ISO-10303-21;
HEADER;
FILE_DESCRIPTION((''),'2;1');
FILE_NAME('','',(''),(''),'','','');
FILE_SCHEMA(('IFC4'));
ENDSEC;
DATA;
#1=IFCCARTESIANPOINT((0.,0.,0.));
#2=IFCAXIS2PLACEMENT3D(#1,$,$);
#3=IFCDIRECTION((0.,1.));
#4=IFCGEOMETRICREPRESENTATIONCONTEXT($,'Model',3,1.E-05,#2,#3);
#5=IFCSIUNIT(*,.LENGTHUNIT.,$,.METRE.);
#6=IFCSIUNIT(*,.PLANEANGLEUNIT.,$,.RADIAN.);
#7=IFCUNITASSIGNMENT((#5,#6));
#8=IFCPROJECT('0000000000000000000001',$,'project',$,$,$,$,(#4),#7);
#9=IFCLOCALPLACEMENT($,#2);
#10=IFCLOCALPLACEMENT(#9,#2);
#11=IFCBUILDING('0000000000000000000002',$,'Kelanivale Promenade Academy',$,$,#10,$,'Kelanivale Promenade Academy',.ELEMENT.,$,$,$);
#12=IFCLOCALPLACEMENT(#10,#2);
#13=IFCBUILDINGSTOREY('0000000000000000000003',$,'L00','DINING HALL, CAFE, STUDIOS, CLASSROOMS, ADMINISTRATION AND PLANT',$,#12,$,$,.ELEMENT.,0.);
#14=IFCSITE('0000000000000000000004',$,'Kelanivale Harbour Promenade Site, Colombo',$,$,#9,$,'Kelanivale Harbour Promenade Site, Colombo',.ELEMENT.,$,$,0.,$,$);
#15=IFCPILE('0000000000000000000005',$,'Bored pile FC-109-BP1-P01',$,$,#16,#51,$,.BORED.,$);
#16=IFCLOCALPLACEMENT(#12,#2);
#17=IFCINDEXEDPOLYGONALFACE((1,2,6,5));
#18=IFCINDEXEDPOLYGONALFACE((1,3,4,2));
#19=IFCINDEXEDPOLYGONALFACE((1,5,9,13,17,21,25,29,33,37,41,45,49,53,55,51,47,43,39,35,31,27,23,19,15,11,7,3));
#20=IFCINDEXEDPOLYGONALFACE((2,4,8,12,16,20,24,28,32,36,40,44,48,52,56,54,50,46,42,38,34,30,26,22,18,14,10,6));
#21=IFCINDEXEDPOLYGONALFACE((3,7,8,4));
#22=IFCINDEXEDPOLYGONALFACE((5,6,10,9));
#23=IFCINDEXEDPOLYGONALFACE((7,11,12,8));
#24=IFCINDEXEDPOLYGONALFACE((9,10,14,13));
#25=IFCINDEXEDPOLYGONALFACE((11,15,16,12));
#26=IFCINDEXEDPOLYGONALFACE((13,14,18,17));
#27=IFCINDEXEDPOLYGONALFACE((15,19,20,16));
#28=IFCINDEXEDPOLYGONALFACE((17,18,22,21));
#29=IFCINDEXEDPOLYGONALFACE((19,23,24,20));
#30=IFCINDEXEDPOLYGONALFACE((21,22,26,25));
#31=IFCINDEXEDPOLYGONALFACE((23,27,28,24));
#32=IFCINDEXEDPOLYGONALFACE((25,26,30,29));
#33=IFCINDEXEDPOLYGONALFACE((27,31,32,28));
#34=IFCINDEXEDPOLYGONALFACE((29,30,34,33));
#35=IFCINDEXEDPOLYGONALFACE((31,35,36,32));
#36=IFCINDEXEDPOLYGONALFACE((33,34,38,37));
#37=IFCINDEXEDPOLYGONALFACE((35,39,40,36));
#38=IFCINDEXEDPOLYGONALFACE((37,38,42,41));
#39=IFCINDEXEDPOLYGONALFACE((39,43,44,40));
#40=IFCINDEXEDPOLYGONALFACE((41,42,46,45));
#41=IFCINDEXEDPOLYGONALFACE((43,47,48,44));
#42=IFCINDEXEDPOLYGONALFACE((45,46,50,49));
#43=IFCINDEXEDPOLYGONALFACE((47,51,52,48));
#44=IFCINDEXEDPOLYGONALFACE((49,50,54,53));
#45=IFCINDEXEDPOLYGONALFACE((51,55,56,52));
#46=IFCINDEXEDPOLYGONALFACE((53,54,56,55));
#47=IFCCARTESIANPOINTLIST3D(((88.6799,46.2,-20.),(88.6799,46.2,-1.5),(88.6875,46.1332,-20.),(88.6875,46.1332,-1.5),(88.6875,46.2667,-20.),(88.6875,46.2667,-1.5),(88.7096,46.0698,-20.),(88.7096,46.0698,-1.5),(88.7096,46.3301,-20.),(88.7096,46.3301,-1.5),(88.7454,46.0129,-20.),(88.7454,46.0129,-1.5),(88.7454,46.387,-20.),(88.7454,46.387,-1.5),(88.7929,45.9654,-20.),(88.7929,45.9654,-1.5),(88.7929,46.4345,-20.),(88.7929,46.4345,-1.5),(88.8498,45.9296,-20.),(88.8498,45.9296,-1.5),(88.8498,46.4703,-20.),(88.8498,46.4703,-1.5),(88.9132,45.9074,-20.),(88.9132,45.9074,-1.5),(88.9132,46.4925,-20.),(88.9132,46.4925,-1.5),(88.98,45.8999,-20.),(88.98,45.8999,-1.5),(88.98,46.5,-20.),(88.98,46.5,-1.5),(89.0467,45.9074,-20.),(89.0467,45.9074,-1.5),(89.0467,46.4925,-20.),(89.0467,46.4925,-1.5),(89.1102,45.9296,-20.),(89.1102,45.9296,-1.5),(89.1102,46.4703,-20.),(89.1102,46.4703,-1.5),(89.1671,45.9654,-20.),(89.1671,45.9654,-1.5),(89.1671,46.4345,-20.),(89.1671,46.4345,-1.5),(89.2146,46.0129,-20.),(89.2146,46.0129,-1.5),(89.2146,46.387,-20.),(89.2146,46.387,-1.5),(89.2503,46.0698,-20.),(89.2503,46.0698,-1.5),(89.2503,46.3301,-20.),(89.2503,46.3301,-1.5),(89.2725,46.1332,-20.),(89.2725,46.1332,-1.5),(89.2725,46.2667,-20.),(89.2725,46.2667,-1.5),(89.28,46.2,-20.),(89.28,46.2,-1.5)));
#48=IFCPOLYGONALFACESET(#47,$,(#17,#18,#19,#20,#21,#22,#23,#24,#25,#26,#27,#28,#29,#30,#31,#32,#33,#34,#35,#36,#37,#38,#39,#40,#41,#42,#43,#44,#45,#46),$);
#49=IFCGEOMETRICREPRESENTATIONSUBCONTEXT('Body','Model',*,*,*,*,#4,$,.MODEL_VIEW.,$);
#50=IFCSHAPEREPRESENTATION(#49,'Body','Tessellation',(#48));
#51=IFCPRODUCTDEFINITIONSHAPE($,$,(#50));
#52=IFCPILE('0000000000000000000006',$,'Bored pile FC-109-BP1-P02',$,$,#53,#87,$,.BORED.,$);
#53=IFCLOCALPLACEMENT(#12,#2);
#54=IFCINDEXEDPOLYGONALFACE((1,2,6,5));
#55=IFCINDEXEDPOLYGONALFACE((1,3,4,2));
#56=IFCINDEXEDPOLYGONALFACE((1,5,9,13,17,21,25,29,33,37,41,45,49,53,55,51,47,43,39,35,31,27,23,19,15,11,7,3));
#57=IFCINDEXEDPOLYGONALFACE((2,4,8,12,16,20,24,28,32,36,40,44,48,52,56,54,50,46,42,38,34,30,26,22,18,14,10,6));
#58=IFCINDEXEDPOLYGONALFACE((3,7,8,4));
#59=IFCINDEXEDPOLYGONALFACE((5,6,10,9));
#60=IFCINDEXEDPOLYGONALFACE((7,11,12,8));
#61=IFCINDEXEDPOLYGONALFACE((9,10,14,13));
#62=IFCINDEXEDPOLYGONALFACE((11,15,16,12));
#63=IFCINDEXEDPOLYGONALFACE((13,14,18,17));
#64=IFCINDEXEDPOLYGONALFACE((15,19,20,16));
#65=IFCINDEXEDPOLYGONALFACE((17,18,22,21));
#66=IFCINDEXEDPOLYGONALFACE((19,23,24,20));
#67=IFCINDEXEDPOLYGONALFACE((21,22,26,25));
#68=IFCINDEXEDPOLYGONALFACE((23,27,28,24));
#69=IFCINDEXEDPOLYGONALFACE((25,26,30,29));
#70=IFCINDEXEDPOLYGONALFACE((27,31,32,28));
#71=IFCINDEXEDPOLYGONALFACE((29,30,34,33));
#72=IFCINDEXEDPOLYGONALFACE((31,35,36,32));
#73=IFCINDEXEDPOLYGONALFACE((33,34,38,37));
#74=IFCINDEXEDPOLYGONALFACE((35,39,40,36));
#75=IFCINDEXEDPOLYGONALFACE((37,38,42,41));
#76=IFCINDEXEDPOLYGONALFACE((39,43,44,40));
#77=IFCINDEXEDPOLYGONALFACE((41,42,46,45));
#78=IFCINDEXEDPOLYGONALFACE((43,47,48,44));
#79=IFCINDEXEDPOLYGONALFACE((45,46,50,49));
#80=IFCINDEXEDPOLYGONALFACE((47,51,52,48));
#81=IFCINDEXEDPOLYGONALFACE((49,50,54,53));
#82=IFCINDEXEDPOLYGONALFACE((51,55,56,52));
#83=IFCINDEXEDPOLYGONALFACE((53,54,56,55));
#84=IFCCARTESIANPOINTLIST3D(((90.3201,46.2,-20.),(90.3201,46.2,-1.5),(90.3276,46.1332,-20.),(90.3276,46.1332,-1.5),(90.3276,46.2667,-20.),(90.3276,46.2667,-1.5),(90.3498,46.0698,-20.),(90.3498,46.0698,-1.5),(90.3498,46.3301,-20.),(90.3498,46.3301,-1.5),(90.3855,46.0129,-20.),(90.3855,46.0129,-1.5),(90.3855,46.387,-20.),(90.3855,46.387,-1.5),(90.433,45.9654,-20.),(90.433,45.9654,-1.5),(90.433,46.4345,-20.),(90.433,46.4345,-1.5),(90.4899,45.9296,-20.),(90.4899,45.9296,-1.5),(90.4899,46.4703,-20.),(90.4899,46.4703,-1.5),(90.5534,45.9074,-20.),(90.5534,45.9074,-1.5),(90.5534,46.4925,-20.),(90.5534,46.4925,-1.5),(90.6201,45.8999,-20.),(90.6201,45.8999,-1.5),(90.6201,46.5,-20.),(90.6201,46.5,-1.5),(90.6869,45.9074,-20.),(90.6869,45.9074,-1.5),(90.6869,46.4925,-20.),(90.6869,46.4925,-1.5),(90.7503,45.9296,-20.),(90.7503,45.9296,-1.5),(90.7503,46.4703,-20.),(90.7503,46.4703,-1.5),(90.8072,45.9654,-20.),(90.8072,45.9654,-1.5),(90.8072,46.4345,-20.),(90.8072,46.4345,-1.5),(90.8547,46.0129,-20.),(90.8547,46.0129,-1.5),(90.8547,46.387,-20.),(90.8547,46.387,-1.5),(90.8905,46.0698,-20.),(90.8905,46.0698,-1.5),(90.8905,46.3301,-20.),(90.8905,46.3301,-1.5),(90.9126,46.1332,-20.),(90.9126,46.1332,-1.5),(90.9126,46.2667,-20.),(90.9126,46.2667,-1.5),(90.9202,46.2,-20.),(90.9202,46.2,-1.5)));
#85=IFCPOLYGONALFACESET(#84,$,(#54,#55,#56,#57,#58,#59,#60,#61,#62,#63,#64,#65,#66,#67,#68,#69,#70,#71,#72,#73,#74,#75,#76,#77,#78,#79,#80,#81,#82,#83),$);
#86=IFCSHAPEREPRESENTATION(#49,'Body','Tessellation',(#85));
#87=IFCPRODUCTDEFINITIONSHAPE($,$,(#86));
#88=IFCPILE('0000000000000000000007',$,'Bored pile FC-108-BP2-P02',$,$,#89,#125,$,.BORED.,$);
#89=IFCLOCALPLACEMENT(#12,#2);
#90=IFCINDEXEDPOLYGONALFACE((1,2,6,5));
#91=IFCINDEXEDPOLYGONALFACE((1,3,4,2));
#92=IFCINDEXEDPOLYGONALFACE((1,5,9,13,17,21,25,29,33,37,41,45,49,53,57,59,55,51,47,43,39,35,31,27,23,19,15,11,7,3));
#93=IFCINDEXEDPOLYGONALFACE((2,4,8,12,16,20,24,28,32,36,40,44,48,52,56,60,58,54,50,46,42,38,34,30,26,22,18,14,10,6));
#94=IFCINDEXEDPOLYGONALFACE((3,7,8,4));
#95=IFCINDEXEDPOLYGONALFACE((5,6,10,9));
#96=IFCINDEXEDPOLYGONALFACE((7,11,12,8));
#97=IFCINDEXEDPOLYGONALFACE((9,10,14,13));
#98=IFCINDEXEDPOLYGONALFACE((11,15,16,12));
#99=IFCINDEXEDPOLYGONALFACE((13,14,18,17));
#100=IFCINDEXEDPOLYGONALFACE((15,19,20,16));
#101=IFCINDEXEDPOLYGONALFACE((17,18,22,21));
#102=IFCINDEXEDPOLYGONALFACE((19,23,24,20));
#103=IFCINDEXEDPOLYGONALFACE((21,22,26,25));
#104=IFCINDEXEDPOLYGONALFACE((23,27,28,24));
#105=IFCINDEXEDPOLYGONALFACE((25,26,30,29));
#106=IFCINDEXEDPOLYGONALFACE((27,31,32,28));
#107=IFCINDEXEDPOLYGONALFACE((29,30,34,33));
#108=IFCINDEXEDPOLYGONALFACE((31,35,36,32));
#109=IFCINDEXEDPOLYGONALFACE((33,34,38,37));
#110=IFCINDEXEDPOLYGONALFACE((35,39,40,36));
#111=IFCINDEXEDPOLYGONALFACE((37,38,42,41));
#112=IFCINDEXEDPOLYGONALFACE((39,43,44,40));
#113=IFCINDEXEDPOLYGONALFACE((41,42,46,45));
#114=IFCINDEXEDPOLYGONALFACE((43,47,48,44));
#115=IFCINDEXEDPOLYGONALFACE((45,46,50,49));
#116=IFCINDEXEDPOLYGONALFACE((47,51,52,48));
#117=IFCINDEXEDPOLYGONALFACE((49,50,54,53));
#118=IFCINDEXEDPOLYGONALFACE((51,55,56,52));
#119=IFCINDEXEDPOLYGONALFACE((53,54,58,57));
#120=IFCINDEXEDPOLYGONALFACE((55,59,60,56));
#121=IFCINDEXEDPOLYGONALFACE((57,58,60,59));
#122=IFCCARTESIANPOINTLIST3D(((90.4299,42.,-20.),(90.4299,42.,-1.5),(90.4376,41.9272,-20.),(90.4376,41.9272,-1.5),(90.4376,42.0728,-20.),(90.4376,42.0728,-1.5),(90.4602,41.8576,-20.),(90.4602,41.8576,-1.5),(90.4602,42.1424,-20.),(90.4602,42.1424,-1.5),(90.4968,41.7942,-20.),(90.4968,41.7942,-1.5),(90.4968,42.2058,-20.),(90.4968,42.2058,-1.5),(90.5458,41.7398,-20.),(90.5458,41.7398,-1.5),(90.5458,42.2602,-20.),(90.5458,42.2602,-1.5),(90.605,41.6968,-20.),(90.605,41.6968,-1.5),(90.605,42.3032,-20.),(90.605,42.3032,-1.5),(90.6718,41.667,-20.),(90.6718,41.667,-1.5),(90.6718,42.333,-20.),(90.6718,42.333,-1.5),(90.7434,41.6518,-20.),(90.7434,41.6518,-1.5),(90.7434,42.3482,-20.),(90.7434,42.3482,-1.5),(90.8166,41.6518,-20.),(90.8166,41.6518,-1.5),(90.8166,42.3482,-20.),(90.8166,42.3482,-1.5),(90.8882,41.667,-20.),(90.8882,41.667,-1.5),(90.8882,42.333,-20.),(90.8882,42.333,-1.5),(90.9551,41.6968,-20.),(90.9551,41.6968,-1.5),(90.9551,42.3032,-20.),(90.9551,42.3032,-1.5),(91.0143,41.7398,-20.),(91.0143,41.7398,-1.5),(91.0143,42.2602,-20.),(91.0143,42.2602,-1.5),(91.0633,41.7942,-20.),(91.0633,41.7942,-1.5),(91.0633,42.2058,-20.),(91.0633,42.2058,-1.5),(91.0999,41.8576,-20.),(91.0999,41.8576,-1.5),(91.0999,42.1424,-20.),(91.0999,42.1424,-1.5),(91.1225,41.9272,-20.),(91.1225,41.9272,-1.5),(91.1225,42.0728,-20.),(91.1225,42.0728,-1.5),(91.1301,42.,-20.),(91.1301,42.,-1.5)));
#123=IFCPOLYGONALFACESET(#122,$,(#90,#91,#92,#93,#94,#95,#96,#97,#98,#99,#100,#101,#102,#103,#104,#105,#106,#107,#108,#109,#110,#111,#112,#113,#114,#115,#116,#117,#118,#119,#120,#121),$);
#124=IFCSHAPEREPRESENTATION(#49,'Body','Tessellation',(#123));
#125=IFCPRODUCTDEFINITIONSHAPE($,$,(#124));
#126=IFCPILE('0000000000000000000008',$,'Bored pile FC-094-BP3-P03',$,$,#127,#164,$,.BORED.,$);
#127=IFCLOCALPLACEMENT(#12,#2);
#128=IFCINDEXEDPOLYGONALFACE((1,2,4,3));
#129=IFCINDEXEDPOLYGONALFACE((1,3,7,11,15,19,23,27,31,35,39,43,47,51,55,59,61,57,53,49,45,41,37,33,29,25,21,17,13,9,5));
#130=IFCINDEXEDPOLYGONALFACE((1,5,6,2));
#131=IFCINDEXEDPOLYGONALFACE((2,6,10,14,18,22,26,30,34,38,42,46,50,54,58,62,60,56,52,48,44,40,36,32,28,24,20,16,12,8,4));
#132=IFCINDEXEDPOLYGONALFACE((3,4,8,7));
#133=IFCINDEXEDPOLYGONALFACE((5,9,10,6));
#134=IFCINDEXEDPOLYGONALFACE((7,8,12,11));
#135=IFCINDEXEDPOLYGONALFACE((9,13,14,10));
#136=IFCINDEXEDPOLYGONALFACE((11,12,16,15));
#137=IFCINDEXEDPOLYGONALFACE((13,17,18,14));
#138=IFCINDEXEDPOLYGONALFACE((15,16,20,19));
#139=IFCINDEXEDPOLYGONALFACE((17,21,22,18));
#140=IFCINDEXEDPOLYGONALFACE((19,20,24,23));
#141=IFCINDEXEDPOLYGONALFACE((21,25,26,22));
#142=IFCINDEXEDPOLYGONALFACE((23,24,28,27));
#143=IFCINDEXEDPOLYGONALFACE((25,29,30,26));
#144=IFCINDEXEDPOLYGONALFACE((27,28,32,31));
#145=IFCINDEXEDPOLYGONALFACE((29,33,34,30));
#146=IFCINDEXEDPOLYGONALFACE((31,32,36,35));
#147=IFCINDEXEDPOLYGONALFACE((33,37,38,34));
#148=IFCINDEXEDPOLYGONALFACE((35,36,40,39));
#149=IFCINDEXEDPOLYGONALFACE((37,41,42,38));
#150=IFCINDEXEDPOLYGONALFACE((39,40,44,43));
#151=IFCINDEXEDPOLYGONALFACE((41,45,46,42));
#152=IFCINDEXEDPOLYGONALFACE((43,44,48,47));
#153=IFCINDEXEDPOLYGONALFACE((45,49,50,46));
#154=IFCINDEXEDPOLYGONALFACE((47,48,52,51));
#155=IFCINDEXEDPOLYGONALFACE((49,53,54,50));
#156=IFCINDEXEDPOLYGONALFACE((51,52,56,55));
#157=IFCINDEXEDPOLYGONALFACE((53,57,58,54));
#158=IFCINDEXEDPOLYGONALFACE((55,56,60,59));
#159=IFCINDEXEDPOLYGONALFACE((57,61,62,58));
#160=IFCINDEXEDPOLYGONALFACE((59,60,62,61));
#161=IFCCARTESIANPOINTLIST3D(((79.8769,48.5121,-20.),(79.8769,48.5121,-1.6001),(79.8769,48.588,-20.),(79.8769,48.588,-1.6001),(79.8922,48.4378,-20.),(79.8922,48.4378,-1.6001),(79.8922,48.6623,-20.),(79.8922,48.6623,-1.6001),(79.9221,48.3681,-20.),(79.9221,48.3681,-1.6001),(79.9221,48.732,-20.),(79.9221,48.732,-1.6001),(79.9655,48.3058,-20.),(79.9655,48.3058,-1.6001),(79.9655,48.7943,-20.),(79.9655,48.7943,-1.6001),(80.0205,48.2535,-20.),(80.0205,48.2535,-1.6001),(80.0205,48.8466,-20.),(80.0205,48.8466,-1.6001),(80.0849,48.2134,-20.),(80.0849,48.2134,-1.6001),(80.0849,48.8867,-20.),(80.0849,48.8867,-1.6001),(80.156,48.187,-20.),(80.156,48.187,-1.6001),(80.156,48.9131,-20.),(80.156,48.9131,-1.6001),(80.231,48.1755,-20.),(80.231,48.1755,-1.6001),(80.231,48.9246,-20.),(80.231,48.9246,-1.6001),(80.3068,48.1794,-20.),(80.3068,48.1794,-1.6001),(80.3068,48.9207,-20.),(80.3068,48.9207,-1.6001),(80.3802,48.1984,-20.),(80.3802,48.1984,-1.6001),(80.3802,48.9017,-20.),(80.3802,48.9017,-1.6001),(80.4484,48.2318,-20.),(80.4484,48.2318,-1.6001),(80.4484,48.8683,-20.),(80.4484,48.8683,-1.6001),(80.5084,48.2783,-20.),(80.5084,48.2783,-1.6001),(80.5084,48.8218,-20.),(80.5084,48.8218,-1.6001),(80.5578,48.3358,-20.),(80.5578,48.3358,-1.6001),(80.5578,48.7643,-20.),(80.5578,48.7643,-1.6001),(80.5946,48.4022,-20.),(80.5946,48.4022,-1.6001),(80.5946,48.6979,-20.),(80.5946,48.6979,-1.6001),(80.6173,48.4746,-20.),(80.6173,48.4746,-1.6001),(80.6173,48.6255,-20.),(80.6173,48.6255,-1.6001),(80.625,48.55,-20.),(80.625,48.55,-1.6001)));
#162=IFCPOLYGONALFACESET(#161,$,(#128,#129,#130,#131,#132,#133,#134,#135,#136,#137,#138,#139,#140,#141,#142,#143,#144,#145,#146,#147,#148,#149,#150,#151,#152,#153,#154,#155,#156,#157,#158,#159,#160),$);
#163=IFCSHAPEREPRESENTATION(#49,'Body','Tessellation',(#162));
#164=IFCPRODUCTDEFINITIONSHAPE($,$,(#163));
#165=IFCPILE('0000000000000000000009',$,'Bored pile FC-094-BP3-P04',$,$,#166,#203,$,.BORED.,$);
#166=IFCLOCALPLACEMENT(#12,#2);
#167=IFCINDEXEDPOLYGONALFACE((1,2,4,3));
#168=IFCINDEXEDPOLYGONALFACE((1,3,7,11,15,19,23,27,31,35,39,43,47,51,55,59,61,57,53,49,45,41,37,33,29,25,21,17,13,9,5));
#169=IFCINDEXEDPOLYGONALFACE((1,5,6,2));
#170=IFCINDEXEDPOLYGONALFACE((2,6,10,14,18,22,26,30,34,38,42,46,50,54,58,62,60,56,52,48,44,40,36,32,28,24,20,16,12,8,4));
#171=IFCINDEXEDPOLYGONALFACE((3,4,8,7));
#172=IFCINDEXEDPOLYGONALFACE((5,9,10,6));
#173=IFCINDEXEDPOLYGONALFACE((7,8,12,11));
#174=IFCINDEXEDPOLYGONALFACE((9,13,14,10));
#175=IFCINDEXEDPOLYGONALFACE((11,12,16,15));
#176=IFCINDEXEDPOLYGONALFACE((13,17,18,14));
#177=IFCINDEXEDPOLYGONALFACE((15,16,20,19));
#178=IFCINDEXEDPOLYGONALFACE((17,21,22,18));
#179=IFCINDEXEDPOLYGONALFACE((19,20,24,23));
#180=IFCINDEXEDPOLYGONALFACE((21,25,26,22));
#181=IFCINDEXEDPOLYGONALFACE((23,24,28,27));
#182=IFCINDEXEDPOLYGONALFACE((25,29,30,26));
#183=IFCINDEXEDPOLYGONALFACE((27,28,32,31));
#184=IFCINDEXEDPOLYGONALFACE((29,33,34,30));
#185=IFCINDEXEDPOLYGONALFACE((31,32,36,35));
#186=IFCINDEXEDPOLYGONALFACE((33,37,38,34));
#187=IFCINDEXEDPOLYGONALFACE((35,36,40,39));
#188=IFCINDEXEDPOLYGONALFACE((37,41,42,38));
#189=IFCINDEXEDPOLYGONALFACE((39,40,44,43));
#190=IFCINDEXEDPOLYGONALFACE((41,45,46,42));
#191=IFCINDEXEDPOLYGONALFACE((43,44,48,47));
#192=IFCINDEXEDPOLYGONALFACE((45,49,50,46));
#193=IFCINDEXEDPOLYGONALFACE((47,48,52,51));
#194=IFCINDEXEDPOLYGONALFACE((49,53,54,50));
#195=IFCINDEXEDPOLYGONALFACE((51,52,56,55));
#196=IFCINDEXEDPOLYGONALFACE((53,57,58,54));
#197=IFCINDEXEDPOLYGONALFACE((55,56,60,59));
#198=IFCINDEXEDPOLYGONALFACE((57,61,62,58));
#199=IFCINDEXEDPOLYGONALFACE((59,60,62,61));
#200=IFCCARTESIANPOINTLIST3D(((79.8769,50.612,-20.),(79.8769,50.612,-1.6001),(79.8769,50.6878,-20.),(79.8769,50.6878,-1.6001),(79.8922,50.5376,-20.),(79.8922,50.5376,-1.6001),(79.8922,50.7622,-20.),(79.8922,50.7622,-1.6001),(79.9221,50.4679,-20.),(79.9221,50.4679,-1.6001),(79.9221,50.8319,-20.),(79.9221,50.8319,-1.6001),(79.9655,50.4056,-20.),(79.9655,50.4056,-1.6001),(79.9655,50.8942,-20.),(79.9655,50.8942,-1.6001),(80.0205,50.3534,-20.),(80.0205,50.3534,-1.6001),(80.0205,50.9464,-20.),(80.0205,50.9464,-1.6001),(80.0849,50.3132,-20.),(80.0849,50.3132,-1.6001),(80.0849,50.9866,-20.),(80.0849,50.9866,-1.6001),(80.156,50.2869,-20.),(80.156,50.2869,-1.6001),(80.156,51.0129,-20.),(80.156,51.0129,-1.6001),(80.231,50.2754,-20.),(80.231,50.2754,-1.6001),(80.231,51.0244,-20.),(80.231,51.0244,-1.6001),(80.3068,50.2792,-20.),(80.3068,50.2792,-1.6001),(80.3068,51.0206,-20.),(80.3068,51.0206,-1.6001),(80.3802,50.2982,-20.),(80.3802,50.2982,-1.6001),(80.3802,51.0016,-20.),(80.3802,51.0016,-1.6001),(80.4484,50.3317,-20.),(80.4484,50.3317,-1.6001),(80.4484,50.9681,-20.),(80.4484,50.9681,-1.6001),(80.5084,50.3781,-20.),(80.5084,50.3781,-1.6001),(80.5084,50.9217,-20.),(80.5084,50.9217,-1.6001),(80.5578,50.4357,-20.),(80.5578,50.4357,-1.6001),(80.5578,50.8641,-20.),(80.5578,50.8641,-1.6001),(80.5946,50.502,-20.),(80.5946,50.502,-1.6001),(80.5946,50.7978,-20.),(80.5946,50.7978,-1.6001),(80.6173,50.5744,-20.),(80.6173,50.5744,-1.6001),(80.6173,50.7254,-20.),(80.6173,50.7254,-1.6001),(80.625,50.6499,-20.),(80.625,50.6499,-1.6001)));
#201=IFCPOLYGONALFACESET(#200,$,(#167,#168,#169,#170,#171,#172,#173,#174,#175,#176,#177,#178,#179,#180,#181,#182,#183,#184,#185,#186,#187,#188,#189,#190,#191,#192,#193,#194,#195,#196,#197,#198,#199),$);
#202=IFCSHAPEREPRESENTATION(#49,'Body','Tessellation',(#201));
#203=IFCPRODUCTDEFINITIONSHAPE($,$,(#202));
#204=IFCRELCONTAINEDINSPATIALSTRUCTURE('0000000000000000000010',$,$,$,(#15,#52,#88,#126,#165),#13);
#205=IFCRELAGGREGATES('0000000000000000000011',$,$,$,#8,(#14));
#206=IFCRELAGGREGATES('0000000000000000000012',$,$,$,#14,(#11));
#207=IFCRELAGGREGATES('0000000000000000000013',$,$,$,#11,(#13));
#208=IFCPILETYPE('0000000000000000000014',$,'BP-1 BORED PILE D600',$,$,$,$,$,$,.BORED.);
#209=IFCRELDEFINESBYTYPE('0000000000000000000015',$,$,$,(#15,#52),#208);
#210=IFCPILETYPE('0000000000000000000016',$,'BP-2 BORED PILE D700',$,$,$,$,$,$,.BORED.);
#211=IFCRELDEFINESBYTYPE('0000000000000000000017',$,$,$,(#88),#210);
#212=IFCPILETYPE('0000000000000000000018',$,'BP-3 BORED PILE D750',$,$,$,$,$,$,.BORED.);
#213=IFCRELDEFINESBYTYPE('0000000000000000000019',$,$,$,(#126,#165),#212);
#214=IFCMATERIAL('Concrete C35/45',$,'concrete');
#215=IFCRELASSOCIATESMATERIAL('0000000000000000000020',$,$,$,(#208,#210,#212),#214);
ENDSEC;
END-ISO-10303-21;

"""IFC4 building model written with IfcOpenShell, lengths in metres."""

from ifc_helpers import new_model, si_unit, direction, frame, origin, origin_2d, place, context, subcontext, project, spatial, circle, extrude, material, material_profile, profile_set, type_object, element, save


model = new_model("IFC4")

# Units and contexts
model_context = context("Model", 3, precision=1e-05, world=origin(), true_north=direction((0.0, 1.0)))
body_context = subcontext(model_context, "Body", "Model", "MODEL_VIEW")
ifc_project = project(units=[si_unit("LENGTHUNIT", "METRE"), si_unit("PLANEANGLEUNIT", "RADIAN")], contexts=[model_context])

# Site, building, storey
site_placement = place(None, origin())
site = spatial("IfcSite", under=ifc_project, at=site_placement, Name="Kelanivale Harbour Promenade Site, Colombo", LongName="Kelanivale Harbour Promenade Site, Colombo", CompositionType="ELEMENT", RefElevation=0.0)
building_placement = place(site_placement, origin())
building = spatial("IfcBuilding", under=site, at=building_placement, Name="Kelanivale Promenade Academy", LongName="Kelanivale Promenade Academy", CompositionType="ELEMENT")
storey_placement = place(building_placement, origin())
storey = spatial("IfcBuildingStorey", under=building, at=storey_placement, Name="L00", Description="DINING HALL, CAFE, STUDIOS, CLASSROOMS, ADMINISTRATION AND PLANT", CompositionType="ELEMENT", Elevation=0.0)

# Piles
ifc_material_1 = material(Name="Concrete C35/45", Category="concrete")
ifc_material_profile_1 = material_profile(ifc_material_1, circle(Radius=0.3, at=origin_2d()), Name="BORED PILE D600")
ifc_profile_set_1 = profile_set([ifc_material_profile_1], Name="Concrete C35/45")
pile_type_1 = type_object("IfcPileType", Name="BP-1 BORED PILE D600", PredefinedType="BORED", material=ifc_profile_set_1)
for number, where, z_axis, x_axis, name in (
    (1, (88.98, 46.2, -1.5), (0.0, 0.0, -1.0), (1.0, 0.0, 0.0), "Bored pile FC-109-BP1-P01"),
    (2, (90.6201, 46.2, -1.5), (0.0, 0.0, -1.0), (1.0, 0.0, 0.0), "Bored pile FC-109-BP1-P02"),
):
    element("IfcPile", number, at=place(storey_placement, frame(where, z_axis=z_axis, x_axis=x_axis)), inside=storey, type_object=pile_type_1, Name=name, PredefinedType="BORED", context=body_context, shape_type="SweptSolid", body=[
        extrude(circle(Radius=0.3, at=origin_2d()), origin(), (0.0, 0.0, 1.0), 18.5),
    ])
ifc_material_profile_2 = material_profile(ifc_material_1, circle(Radius=0.3501, at=origin_2d()), Name="BORED PILE D700")
ifc_profile_set_2 = profile_set([ifc_material_profile_2], Name="Concrete C35/45")
pile_type_2 = type_object("IfcPileType", Name="BP-2 BORED PILE D700", PredefinedType="BORED", material=ifc_profile_set_2)
pile_placement = place(storey_placement, frame((90.78, 42.0, -1.5), z_axis=(0.0, 0.0, -1.0), x_axis=(1.0, 0.0, 0.0)))
element("IfcPile", 3, at=pile_placement, inside=storey, type_object=pile_type_2, Name="Bored pile FC-108-BP2-P02", PredefinedType="BORED", context=body_context, shape_type="SweptSolid", body=[
    extrude(circle(Radius=0.3501, at=origin_2d()), origin(), (0.0, 0.0, 1.0), 18.5),
])
ifc_material_profile_3 = material_profile(ifc_material_1, circle(Radius=0.375, at=origin_2d()), Name="BORED PILE D750")
ifc_profile_set_3 = profile_set([ifc_material_profile_3], Name="Concrete C35/45")
pile_type_3 = type_object("IfcPileType", Name="BP-3 BORED PILE D750", PredefinedType="BORED", material=ifc_profile_set_3)
for number, where, z_axis, x_axis, name in (
    (4, (80.25, 48.55, -1.6001), (0.0, 0.0, -1.0), (1.0, 0.0, 0.0), "Bored pile FC-094-BP3-P03"),
    (5, (80.25, 50.6499, -1.6001), (0.0, 0.0, -1.0), (1.0, 0.0, 0.0), "Bored pile FC-094-BP3-P04"),
):
    element("IfcPile", number, at=place(storey_placement, frame(where, z_axis=z_axis, x_axis=x_axis)), inside=storey, type_object=pile_type_3, Name=name, PredefinedType="BORED", context=body_context, shape_type="SweptSolid", body=[
        extrude(circle(Radius=0.375, at=origin_2d()), origin(), (0.0, 0.0, 1.0), 18.3999),
    ])

save(model, "model.ifc")
